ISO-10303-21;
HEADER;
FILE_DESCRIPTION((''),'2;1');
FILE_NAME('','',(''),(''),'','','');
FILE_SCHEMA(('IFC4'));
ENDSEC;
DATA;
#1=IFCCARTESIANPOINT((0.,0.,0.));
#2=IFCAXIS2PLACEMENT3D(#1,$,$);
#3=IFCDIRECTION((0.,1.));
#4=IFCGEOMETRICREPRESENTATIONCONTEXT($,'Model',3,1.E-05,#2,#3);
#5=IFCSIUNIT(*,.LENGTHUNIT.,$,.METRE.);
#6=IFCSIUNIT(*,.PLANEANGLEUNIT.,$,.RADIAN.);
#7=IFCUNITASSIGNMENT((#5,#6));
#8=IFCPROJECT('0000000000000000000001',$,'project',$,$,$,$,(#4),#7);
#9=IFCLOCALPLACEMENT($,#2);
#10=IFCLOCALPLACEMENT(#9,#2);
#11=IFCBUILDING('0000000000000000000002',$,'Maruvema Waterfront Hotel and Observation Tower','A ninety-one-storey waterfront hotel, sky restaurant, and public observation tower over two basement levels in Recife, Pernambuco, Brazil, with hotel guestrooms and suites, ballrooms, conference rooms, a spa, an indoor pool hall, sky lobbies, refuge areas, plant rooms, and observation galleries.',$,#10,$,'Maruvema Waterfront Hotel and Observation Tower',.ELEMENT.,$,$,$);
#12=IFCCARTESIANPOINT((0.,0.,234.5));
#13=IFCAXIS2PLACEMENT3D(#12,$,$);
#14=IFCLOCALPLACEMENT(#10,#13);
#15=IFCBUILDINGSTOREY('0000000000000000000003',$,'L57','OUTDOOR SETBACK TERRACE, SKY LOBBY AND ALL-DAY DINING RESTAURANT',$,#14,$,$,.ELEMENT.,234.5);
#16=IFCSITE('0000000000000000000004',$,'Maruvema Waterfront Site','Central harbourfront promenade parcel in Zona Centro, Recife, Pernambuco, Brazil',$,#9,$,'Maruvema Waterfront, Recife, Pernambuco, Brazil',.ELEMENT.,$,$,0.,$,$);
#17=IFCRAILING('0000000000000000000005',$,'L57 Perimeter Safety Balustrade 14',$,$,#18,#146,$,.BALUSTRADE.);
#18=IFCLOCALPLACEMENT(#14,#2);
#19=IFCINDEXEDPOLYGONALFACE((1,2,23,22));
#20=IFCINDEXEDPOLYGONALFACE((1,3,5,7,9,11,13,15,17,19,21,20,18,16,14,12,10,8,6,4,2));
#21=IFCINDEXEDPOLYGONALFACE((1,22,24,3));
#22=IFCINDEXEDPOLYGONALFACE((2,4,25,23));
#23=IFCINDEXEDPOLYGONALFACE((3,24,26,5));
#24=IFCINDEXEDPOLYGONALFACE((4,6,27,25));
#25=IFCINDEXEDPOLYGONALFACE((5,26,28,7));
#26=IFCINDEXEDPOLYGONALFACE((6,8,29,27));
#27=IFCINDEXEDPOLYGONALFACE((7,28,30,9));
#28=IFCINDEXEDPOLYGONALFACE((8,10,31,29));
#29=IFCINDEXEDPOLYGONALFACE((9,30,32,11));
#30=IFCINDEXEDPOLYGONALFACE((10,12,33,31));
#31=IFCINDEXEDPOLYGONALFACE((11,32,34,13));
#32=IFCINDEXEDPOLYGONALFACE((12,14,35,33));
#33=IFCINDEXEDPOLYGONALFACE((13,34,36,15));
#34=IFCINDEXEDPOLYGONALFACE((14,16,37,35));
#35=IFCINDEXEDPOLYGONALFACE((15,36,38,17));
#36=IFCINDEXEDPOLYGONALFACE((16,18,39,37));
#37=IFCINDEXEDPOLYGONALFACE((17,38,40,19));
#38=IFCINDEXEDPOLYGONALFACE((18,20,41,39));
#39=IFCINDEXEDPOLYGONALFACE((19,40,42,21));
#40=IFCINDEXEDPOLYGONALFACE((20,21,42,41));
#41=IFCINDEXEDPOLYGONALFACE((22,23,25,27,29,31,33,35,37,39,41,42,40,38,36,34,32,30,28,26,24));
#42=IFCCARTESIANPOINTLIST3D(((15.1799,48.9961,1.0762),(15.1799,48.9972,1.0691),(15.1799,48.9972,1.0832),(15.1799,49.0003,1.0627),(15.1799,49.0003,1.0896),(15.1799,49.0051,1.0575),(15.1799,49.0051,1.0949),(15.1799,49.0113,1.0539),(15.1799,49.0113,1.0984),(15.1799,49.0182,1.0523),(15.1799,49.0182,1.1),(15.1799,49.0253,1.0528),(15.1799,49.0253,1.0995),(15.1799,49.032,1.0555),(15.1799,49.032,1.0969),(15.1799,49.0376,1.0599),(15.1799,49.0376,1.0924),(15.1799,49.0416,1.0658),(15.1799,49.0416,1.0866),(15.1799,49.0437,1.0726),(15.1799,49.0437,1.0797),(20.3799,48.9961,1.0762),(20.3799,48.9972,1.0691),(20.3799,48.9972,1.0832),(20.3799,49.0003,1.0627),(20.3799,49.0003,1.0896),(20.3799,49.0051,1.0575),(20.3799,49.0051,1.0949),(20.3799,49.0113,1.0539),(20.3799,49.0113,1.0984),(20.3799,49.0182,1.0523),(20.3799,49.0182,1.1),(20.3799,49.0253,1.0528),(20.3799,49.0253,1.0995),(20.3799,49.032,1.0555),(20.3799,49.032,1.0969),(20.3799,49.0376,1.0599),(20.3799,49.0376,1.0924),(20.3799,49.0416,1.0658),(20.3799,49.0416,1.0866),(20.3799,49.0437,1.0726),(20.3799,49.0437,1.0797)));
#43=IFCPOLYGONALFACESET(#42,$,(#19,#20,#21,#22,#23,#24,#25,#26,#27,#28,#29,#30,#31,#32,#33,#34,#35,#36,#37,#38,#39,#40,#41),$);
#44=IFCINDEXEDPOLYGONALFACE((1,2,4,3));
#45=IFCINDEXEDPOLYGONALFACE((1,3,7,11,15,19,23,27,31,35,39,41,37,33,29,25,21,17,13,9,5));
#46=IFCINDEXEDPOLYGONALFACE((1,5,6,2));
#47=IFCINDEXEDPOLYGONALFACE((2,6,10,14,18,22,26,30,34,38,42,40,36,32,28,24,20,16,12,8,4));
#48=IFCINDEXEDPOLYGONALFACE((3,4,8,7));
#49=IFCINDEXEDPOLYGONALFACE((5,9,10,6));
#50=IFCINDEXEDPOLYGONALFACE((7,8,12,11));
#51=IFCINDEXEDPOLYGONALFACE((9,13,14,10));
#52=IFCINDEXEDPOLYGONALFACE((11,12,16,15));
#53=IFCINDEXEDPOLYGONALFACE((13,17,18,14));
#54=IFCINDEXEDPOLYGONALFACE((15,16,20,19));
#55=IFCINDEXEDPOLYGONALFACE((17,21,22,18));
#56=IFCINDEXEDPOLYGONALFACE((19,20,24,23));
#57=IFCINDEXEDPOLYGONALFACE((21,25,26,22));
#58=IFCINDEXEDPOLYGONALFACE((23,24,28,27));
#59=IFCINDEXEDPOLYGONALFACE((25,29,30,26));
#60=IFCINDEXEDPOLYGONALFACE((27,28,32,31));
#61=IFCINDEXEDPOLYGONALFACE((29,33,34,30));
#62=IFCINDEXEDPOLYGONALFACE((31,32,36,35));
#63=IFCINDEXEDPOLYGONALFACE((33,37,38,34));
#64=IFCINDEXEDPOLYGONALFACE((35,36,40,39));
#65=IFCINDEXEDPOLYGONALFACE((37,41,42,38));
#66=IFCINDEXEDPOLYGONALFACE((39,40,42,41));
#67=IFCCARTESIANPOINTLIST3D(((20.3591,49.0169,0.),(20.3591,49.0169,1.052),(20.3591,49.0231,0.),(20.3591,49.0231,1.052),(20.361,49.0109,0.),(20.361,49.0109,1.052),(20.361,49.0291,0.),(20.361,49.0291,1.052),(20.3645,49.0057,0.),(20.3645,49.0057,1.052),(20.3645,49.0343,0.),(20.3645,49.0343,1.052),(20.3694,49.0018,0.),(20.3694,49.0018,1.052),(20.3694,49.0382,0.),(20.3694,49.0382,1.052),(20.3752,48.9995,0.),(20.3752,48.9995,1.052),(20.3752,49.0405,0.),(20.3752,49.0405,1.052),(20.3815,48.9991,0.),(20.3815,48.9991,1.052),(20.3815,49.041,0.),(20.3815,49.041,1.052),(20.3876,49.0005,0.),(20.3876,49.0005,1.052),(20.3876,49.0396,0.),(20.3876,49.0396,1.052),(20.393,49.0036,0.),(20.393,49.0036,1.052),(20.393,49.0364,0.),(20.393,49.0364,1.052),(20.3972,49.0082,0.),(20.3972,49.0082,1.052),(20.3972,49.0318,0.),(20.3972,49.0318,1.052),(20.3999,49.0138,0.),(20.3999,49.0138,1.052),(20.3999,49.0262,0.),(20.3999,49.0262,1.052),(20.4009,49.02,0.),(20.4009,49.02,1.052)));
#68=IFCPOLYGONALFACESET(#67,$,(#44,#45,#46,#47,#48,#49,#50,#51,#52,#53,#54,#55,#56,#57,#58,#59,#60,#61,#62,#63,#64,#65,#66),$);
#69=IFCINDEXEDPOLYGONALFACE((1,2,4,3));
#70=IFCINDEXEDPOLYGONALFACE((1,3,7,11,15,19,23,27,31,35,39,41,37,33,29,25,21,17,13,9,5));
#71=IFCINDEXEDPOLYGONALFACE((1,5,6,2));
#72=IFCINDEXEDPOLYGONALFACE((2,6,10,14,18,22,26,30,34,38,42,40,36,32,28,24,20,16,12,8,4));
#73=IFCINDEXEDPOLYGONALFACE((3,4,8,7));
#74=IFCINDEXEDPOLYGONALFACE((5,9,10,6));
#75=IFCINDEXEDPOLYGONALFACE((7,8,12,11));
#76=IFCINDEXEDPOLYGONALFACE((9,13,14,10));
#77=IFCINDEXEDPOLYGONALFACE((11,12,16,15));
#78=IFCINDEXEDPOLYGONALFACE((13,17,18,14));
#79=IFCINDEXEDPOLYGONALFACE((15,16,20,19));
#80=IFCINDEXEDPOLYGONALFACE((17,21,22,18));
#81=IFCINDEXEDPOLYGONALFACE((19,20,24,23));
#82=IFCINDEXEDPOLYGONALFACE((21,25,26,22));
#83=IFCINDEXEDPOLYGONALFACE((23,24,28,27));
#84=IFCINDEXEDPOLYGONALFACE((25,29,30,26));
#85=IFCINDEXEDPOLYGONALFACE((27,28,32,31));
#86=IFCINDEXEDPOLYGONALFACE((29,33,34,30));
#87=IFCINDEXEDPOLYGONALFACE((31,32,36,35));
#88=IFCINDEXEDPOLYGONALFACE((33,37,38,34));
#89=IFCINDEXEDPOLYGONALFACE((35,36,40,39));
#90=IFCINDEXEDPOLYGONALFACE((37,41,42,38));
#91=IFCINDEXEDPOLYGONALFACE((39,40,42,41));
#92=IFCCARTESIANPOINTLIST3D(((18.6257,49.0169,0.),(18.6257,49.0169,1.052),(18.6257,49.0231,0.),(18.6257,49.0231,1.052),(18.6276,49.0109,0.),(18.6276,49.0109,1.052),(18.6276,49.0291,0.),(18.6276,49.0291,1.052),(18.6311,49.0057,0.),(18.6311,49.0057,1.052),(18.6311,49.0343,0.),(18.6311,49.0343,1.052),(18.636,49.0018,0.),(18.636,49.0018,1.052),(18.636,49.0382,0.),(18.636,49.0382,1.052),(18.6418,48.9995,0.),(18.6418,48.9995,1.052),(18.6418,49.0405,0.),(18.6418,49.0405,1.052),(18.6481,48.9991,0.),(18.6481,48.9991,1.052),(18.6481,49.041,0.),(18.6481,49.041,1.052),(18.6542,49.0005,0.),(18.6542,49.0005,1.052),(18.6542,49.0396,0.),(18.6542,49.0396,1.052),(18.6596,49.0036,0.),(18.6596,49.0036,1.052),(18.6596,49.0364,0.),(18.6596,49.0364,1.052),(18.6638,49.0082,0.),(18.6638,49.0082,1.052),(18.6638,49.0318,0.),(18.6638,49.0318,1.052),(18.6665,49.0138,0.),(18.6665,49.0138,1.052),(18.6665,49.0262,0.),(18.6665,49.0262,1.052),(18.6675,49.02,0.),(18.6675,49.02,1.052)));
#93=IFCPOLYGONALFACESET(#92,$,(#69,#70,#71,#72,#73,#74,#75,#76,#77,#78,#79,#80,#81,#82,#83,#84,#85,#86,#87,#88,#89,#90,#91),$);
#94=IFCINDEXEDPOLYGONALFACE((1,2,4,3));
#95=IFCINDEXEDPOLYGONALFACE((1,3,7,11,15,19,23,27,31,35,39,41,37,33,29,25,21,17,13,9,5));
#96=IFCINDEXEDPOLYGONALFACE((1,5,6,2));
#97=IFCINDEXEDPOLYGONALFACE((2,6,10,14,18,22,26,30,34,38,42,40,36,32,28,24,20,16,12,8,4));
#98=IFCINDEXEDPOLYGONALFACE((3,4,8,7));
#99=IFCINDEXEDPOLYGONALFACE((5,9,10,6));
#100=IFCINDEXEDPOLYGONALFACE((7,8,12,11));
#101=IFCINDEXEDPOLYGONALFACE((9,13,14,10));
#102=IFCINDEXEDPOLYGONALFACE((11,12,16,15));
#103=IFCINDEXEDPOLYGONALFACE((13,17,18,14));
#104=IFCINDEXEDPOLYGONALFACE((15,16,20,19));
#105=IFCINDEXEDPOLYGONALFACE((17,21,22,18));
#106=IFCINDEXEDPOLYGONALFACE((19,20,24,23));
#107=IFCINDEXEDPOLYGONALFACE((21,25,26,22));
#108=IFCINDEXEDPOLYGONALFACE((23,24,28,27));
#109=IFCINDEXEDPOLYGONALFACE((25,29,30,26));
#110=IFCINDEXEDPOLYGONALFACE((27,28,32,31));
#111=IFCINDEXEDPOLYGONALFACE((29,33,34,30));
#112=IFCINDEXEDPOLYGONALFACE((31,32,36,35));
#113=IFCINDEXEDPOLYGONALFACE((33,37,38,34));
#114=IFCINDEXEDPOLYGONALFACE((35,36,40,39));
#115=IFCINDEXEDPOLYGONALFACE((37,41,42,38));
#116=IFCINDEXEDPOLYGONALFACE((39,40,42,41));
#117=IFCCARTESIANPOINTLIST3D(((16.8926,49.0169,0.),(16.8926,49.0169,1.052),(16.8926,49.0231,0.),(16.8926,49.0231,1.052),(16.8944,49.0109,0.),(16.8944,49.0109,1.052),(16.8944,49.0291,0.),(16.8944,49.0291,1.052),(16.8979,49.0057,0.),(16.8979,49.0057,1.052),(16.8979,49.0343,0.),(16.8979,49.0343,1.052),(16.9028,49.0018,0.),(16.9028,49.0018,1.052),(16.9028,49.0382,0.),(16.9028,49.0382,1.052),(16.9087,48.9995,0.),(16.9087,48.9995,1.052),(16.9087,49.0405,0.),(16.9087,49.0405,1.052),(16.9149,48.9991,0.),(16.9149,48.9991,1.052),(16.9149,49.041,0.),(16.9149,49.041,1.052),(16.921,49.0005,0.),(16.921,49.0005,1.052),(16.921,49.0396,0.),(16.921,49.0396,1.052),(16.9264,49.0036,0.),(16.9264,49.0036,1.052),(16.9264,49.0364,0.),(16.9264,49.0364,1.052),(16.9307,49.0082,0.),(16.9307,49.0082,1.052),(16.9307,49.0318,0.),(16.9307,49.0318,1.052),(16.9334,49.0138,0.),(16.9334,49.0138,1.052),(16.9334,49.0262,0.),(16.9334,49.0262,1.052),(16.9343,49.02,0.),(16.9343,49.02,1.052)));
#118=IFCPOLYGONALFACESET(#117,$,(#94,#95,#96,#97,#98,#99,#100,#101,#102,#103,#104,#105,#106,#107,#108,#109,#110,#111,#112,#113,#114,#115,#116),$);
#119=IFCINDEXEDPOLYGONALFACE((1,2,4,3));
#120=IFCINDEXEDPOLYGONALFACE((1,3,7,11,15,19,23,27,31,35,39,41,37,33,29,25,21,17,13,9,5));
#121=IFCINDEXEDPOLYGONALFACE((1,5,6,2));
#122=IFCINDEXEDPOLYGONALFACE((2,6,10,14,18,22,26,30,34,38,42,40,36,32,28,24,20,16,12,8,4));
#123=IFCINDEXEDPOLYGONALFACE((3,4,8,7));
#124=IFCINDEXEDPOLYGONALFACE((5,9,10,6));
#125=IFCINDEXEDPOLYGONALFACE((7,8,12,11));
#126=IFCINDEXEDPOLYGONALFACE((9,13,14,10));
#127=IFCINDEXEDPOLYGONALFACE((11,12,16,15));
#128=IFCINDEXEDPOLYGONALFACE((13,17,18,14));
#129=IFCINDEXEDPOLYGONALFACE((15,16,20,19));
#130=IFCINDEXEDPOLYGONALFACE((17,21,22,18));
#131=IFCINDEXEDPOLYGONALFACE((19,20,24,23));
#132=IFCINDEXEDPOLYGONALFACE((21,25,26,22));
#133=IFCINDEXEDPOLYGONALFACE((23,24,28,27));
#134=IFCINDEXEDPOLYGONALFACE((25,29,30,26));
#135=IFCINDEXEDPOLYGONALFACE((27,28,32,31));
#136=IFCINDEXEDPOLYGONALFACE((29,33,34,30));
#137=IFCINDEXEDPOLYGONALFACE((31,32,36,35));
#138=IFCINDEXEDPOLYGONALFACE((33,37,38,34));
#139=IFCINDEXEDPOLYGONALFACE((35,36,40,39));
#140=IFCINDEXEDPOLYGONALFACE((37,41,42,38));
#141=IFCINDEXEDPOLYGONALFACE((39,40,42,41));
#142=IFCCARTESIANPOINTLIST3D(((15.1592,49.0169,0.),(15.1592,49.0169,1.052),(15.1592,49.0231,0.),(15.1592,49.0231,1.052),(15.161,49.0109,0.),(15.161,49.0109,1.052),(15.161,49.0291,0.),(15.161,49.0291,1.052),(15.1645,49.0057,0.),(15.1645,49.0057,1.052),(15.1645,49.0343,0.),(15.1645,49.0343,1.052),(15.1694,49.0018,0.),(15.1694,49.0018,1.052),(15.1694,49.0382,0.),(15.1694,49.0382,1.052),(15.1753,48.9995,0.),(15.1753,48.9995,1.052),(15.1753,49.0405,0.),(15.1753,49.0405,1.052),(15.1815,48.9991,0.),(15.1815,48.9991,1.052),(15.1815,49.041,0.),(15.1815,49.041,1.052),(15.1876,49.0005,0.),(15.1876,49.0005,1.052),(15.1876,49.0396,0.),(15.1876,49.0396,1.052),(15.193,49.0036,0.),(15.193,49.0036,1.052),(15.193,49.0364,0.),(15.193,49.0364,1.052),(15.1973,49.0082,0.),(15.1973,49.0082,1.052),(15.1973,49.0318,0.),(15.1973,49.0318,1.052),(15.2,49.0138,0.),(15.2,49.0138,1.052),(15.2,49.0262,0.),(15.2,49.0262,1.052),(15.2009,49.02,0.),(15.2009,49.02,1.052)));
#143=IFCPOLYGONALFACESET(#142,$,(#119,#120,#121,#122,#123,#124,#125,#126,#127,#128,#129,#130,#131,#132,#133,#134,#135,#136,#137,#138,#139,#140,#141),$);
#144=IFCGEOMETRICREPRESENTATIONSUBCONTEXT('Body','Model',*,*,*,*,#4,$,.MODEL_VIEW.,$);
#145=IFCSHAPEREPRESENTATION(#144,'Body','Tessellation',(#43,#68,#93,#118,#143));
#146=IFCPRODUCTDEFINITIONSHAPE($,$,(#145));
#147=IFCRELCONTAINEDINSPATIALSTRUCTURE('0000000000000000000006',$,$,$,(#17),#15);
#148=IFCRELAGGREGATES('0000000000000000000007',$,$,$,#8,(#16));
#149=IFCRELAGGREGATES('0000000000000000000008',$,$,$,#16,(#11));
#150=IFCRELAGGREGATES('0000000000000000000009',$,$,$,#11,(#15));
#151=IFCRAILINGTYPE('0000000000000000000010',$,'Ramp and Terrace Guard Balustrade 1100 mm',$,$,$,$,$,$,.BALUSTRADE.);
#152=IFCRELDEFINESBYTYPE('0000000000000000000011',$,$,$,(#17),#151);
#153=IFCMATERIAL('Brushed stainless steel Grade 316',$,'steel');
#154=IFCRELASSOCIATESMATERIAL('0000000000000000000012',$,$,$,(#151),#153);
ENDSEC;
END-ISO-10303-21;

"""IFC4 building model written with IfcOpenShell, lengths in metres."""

from ifc_helpers import new_model, si_unit, direction, frame, origin, origin_2d, place, context, subcontext, project, spatial, circle, extrude, material, type_object, element, save


model = new_model("IFC4")

# Units and contexts
model_context = context("Model", 3, precision=1e-05, world=origin(), true_north=direction((0.0, 1.0)))
body_context = subcontext(model_context, "Body", "Model", "MODEL_VIEW")
ifc_project = project(units=[si_unit("LENGTHUNIT", "METRE"), si_unit("PLANEANGLEUNIT", "RADIAN")], contexts=[model_context])

# Site, building, storey
site_placement = place(None, origin())
site = spatial("IfcSite", under=ifc_project, at=site_placement, Name="Maruvema Waterfront Site", Description="Central harbourfront promenade parcel in Zona Centro, Recife, Pernambuco, Brazil", LongName="Maruvema Waterfront, Recife, Pernambuco, Brazil", CompositionType="ELEMENT", RefElevation=0.0)
building_placement = place(site_placement, origin())
building = spatial("IfcBuilding", under=site, at=building_placement, Name="Maruvema Waterfront Hotel and Observation Tower", Description="A ninety-one-storey waterfront hotel, sky restaurant, and public observation tower over two basement levels in Recife, Pernambuco, Brazil, with hotel guestrooms and suites, ballrooms, conference rooms, a spa, an indoor pool hall, sky lobbies, refuge areas, plant rooms, and observation galleries.", LongName="Maruvema Waterfront Hotel and Observation Tower", CompositionType="ELEMENT")
storey_placement = place(building_placement, frame((0.0, 0.0, 234.5)))
storey = spatial("IfcBuildingStorey", under=building, at=storey_placement, Name="L57", Description="OUTDOOR SETBACK TERRACE, SKY LOBBY AND ALL-DAY DINING RESTAURANT", CompositionType="ELEMENT", Elevation=234.5)

# Railing
ifc_material_1 = material(Name="Brushed stainless steel Grade 316", Category="steel")
railing_type = type_object("IfcRailingType", Name="Ramp and Terrace Guard Balustrade 1100 mm", PredefinedType="BALUSTRADE", material=ifc_material_1)
railing_1_placement = place(storey_placement, frame((20.3799, 49.02, 0.0)))
element("IfcRailing", 1, at=railing_1_placement, inside=storey, type_object=railing_type, Name="L57 Perimeter Safety Balustrade 14", PredefinedType="BALUSTRADE", context=body_context, shape_type="SweptSolid", body=[
    extrude(circle(Radius=0.0239, at=origin_2d()), frame((0.0, 0.0, 1.0762), z_axis=(-1.0, 0.0, 0.0), x_axis=(0.0, -1.0, 0.0)), (0.0, 0.0, 1.0), 5.2),
    extrude(circle(Radius=0.021, at=origin_2d()), origin(), (0.0, 0.0, 1.0), 1.052),
    extrude(circle(Radius=0.021, at=origin_2d()), frame((-1.7334, 0.0, 0.0)), (0.0, 0.0, 1.0), 1.052),
    extrude(circle(Radius=0.021, at=origin_2d()), frame((-3.4666, 0.0, 0.0)), (0.0, 0.0, 1.0), 1.052),
    extrude(circle(Radius=0.021, at=origin_2d()), frame((-5.2, 0.0, 0.0)), (0.0, 0.0, 1.0), 1.052),
])

save(model, "model.ifc")
